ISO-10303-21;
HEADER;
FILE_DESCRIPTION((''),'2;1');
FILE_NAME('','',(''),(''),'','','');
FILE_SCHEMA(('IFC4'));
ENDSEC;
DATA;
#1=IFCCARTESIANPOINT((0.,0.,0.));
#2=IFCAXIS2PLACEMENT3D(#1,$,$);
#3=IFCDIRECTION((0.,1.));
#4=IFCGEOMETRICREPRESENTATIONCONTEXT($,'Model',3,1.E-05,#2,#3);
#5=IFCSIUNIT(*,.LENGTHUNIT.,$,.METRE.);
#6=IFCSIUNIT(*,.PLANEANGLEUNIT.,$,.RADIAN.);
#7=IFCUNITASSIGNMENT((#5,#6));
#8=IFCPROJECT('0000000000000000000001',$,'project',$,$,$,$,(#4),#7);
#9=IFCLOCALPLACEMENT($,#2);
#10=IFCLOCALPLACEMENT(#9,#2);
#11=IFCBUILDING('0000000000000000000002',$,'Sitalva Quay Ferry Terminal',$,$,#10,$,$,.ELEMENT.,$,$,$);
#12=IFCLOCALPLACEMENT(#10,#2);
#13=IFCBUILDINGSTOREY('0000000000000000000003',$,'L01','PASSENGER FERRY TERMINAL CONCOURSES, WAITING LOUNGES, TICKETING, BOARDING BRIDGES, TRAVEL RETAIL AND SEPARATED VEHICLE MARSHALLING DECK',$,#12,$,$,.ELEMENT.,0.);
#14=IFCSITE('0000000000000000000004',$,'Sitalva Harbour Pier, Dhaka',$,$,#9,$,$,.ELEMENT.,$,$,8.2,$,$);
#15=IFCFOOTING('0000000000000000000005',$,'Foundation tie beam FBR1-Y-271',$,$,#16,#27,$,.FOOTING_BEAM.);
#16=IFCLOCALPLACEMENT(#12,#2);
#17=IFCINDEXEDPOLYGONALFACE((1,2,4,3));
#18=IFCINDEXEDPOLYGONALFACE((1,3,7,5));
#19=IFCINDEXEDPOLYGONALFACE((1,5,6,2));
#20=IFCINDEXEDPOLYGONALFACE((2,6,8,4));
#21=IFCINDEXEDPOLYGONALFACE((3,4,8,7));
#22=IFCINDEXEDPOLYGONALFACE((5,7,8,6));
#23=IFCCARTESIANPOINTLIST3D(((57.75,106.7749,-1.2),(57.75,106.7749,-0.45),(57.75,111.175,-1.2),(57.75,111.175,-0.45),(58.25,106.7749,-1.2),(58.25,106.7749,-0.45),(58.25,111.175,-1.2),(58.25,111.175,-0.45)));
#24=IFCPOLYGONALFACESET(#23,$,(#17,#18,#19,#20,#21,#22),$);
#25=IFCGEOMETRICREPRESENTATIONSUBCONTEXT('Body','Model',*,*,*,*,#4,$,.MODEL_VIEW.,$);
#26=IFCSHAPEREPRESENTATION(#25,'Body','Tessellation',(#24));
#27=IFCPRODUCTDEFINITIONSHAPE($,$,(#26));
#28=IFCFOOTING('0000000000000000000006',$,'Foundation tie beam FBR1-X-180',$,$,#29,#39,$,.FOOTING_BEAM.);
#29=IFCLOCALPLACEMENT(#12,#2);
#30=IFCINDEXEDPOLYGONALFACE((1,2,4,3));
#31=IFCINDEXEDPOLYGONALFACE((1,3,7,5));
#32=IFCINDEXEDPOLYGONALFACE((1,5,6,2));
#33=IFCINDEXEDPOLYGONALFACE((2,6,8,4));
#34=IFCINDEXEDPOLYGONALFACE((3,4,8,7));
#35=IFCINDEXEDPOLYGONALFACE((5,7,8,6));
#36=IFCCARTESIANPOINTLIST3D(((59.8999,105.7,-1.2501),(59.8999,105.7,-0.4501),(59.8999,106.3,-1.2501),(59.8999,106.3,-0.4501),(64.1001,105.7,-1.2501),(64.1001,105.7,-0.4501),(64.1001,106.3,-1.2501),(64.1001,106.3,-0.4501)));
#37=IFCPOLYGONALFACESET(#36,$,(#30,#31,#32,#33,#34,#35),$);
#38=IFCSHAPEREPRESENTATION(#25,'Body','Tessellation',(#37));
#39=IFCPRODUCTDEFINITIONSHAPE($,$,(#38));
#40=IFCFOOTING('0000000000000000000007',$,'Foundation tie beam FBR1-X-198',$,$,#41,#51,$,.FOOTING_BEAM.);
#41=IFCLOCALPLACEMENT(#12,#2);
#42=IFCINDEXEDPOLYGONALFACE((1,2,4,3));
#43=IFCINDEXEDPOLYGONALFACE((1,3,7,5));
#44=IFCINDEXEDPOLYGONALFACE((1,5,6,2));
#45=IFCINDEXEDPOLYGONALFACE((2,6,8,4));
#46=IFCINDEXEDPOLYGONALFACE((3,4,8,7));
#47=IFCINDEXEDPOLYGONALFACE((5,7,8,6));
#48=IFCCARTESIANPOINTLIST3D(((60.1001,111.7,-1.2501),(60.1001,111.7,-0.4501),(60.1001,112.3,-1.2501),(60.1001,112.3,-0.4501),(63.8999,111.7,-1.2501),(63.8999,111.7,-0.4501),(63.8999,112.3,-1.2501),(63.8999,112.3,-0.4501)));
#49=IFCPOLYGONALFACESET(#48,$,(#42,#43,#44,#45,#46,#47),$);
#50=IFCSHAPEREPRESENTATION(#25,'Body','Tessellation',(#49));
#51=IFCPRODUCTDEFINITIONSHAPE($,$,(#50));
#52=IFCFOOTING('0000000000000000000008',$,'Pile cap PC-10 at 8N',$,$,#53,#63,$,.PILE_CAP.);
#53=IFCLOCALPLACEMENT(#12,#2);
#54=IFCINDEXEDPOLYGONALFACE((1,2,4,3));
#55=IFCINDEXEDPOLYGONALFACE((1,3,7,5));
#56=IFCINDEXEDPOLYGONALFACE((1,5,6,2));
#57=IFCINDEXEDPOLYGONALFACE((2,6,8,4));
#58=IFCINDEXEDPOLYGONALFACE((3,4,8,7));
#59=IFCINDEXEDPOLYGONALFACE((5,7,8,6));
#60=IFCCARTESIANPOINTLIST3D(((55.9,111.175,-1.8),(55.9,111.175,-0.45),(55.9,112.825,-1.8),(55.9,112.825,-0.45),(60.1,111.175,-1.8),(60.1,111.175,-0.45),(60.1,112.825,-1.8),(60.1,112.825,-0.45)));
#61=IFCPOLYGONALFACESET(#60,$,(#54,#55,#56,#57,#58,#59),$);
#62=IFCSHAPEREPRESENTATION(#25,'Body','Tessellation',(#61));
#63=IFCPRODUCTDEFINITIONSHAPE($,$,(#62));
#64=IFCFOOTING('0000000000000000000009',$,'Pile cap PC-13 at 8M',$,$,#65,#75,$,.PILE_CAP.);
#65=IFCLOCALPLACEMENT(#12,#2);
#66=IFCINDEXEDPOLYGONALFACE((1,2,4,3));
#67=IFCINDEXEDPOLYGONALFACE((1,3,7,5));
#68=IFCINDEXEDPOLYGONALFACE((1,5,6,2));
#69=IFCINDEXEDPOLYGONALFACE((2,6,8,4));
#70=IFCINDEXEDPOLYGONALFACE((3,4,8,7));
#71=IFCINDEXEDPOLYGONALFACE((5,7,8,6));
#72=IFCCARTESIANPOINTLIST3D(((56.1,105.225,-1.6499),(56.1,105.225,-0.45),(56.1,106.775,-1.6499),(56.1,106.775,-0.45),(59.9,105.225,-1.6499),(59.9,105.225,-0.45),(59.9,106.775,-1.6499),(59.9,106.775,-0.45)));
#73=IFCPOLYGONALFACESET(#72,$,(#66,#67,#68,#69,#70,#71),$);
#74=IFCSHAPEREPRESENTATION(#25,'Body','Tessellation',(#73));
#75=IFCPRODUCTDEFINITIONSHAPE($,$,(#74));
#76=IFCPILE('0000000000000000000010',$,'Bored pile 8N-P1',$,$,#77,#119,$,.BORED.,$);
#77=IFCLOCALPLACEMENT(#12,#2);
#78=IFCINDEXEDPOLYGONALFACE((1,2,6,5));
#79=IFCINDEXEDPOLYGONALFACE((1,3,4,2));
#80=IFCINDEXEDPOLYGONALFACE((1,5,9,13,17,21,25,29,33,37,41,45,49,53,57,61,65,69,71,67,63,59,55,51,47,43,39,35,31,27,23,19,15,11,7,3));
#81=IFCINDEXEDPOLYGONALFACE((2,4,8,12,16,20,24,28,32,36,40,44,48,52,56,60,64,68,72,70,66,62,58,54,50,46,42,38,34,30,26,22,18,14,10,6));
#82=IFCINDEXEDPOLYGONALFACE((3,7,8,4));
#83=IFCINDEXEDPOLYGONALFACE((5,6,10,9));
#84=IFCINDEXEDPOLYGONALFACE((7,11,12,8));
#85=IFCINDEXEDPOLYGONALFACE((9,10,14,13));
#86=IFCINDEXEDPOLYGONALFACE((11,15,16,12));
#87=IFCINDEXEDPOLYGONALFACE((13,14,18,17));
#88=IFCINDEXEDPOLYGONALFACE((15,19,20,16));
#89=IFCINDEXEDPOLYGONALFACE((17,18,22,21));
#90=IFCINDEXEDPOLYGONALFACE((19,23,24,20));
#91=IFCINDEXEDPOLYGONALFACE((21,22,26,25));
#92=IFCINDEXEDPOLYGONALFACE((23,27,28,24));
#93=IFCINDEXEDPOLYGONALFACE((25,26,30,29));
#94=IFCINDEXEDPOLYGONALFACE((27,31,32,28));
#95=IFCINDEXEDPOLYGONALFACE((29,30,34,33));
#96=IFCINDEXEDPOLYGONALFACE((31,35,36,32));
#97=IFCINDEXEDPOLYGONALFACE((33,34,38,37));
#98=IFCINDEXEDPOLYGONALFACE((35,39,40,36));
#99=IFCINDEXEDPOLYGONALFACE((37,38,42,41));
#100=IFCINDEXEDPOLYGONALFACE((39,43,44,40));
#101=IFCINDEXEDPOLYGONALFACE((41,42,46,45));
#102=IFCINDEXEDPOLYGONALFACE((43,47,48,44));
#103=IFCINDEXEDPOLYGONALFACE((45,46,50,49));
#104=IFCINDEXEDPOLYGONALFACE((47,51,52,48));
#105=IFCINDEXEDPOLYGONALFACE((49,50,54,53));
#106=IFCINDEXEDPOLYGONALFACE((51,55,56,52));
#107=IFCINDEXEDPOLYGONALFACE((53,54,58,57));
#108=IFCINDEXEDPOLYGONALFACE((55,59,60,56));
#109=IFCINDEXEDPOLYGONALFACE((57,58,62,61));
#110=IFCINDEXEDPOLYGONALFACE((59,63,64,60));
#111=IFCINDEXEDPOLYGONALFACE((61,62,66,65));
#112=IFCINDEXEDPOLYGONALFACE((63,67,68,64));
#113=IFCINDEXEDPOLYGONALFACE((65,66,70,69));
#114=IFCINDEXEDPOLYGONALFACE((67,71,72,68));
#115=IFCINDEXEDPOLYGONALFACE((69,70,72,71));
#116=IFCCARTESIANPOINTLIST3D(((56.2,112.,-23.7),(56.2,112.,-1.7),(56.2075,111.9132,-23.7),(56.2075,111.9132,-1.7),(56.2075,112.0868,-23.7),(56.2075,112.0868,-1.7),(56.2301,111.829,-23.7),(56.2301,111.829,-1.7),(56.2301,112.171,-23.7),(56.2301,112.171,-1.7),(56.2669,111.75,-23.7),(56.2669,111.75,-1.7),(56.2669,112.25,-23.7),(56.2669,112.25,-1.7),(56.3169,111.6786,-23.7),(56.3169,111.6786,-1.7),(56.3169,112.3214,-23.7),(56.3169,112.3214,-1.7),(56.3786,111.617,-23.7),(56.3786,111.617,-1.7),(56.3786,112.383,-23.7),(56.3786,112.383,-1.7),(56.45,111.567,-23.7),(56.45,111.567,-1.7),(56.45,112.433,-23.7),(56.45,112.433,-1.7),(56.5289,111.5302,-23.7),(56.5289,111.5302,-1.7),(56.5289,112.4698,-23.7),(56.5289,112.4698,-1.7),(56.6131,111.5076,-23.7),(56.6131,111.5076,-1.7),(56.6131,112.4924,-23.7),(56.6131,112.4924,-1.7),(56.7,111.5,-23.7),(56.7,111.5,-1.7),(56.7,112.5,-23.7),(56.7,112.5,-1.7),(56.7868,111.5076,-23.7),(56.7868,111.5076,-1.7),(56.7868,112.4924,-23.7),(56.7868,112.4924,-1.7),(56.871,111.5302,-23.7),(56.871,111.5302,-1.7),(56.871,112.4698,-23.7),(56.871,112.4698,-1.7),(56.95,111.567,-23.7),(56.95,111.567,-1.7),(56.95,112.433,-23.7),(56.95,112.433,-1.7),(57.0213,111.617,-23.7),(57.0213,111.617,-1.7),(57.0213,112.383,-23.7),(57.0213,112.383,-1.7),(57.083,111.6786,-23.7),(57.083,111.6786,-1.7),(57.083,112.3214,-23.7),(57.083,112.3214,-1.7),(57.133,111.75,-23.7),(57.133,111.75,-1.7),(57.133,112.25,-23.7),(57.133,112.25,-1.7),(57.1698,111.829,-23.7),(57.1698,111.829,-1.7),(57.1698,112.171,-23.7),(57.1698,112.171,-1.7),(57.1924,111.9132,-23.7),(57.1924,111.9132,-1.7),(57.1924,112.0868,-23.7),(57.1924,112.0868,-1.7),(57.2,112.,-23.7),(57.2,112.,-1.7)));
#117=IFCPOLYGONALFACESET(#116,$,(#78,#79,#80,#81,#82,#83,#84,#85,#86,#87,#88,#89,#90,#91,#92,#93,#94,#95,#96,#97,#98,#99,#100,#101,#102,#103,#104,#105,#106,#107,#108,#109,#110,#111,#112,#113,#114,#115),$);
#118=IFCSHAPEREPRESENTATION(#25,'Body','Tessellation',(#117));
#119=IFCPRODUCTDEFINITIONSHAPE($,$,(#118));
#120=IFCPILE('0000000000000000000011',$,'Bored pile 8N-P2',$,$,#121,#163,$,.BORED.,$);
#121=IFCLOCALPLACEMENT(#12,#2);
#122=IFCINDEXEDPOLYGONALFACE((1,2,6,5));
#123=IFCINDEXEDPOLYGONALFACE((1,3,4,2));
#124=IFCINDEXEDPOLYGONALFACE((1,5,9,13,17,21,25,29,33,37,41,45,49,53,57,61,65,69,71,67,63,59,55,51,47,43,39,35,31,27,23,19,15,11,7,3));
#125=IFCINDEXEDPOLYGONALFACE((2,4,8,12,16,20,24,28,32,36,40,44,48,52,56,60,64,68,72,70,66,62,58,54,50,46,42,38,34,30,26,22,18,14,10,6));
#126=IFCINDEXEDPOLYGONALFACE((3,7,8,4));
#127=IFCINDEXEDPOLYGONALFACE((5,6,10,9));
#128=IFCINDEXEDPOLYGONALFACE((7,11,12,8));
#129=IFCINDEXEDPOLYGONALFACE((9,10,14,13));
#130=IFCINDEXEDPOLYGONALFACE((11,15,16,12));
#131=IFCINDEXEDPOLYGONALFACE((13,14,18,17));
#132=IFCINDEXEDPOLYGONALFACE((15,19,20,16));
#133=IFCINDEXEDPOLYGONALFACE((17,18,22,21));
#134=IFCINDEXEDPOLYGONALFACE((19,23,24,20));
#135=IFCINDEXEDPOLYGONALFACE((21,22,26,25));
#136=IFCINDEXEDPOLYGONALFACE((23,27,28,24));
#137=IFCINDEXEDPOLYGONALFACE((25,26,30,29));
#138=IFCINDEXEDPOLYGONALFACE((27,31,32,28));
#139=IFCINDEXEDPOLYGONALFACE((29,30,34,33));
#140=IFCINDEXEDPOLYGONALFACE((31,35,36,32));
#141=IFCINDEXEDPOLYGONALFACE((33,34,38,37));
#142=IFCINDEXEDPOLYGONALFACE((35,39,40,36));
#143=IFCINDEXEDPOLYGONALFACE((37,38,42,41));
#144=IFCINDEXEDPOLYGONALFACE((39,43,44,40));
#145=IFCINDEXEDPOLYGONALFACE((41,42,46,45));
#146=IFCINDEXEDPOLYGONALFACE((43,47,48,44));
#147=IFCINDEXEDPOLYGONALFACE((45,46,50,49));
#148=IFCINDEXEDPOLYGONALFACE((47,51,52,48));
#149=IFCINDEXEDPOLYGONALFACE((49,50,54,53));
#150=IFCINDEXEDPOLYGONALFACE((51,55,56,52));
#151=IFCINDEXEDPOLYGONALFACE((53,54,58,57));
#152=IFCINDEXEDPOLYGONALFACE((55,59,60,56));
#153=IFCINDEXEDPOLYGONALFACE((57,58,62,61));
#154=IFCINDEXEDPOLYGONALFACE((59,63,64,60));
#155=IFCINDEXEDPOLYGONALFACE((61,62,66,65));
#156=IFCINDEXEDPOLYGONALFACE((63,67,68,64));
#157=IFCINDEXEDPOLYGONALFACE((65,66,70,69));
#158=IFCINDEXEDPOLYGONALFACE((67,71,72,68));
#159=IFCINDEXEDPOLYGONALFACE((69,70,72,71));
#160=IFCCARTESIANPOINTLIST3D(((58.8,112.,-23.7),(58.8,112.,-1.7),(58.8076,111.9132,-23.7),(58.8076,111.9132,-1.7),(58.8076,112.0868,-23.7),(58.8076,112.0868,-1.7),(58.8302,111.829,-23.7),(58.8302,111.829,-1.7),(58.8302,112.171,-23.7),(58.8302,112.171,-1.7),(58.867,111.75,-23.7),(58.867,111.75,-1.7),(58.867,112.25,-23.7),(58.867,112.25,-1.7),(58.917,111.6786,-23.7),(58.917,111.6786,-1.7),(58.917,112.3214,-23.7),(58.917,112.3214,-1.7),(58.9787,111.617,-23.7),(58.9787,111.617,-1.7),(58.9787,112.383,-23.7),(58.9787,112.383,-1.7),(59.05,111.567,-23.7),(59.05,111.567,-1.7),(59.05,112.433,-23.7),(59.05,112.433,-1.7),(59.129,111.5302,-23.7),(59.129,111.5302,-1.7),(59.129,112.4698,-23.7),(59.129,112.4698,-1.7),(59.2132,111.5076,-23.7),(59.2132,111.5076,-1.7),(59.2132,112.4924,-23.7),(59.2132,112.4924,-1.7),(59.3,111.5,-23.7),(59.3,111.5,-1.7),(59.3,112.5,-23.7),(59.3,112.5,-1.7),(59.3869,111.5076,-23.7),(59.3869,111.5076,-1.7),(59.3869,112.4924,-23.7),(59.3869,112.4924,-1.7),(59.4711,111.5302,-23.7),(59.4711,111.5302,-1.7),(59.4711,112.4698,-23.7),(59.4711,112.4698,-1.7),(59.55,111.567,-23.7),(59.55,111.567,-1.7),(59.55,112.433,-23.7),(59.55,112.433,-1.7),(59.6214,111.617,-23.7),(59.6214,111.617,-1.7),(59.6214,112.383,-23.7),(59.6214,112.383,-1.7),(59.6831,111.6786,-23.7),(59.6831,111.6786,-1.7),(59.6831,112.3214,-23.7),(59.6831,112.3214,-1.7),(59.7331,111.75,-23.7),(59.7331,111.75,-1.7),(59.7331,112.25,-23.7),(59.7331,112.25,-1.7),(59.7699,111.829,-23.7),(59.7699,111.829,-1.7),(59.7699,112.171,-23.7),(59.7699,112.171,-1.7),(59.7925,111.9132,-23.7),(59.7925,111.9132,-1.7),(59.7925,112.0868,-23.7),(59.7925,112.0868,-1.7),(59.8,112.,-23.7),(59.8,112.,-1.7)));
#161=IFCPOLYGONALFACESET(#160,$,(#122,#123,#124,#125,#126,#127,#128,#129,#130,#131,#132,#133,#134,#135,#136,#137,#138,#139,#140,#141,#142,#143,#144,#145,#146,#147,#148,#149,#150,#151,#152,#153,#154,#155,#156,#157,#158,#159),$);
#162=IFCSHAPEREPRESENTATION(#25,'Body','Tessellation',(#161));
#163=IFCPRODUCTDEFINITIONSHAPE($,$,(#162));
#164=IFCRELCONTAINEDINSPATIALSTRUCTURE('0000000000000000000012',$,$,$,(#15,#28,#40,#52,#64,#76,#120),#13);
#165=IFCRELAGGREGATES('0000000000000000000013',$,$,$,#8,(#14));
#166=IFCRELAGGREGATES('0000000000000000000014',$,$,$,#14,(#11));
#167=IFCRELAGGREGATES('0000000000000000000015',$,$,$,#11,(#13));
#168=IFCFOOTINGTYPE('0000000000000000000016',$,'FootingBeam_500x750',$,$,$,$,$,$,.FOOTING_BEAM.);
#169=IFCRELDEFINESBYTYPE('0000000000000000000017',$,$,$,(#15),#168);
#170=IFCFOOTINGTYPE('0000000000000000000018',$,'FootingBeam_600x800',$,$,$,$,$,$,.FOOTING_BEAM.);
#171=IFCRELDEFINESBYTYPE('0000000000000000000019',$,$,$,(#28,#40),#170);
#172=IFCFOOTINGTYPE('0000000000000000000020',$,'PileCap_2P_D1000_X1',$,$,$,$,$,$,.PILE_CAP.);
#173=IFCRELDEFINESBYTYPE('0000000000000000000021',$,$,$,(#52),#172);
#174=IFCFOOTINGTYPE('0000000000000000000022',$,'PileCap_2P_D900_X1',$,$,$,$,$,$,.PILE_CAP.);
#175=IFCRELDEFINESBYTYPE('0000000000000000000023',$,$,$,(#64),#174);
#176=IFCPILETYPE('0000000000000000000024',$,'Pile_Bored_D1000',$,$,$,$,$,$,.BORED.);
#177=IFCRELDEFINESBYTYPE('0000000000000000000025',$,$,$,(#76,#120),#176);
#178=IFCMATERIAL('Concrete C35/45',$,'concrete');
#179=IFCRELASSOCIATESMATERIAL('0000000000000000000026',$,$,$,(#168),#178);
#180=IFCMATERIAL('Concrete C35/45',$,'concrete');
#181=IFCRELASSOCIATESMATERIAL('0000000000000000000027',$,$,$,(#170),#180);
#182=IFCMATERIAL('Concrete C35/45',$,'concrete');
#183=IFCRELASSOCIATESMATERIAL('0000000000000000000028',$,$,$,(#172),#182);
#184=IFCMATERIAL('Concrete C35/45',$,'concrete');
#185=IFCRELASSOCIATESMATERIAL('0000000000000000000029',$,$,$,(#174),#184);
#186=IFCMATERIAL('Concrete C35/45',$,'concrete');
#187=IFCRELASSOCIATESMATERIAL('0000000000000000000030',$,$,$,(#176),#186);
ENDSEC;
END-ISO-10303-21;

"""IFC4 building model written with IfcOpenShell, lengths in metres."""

from ifc_helpers import new_model, si_unit, direction, frame, origin, origin_2d, place, context, subcontext, project, spatial, rectangle, circle, extrude, material, material_profile, profile_set, type_object, element, save


model = new_model("IFC4")

# Units and contexts
model_context = context("Model", 3, precision=1e-05, world=origin(), true_north=direction((0.0, 1.0)))
body_context = subcontext(model_context, "Body", "Model", "MODEL_VIEW")
ifc_project = project(units=[si_unit("LENGTHUNIT", "METRE"), si_unit("PLANEANGLEUNIT", "RADIAN")], contexts=[model_context])

# Site, building, storey
site_placement = place(None, origin())
site = spatial("IfcSite", under=ifc_project, at=site_placement, Name="Sitalva Harbour Pier, Dhaka", CompositionType="ELEMENT", RefElevation=8.2)
building_placement = place(site_placement, origin())
building = spatial("IfcBuilding", under=site, at=building_placement, Name="Sitalva Quay Ferry Terminal", CompositionType="ELEMENT")
storey_placement = place(building_placement, origin())
storey = spatial("IfcBuildingStorey", under=building, at=storey_placement, Name="L01", Description="PASSENGER FERRY TERMINAL CONCOURSES, WAITING LOUNGES, TICKETING, BOARDING BRIDGES, TRAVEL RETAIL AND SEPARATED VEHICLE MARSHALLING DECK", CompositionType="ELEMENT", Elevation=0.0)

# Footings
ifc_material_1 = material(Name="Concrete C35/45", Category="concrete")
ifc_material_profile_1 = material_profile(ifc_material_1, rectangle(XDim=0.5, YDim=0.75, at=origin_2d()), Name="RC500x750")
ifc_profile_set_1 = profile_set([ifc_material_profile_1], Name="Concrete C35/45")
footing_type_1 = type_object("IfcFootingType", Name="FootingBeam_500x750", PredefinedType="FOOTING_BEAM", material=ifc_profile_set_1)
footing_1_placement = place(storey_placement, frame((58.0, 106.7749, -0.825), z_axis=(0.0, 1.0, 0.0), x_axis=(-1.0, 0.0, 0.0)))
element("IfcFooting", 1, at=footing_1_placement, inside=storey, type_object=footing_type_1, Name="Foundation tie beam FBR1-Y-271", PredefinedType="FOOTING_BEAM", context=body_context, shape_type="SweptSolid", body=[
    extrude(rectangle(XDim=0.5, YDim=0.75, at=origin_2d()), origin(), (0.0, 0.0, 1.0), 4.4001),
])
ifc_material_2 = material(Name="Concrete C35/45", Category="concrete")
ifc_material_profile_2 = material_profile(ifc_material_2, rectangle(XDim=0.6001, YDim=0.8, at=origin_2d()), Name="RC600x800")
ifc_profile_set_2 = profile_set([ifc_material_profile_2], Name="Concrete C35/45")
footing_type_2 = type_object("IfcFootingType", Name="FootingBeam_600x800", PredefinedType="FOOTING_BEAM", material=ifc_profile_set_2)
footing_2_placement = place(storey_placement, frame((59.8999, 106.0, -0.8501), z_axis=(1.0, 0.0, 0.0), x_axis=(0.0, 1.0, 0.0)))
element("IfcFooting", 2, at=footing_2_placement, inside=storey, type_object=footing_type_2, Name="Foundation tie beam FBR1-X-180", PredefinedType="FOOTING_BEAM", context=body_context, shape_type="SweptSolid", body=[
    extrude(rectangle(XDim=0.6001, YDim=0.8, at=origin_2d()), origin(), (0.0, 0.0, 1.0), 4.2002),
])
footing_3_placement = place(storey_placement, frame((60.1001, 112.0, -0.8501), z_axis=(1.0, 0.0, 0.0), x_axis=(0.0, 1.0, 0.0)))
element("IfcFooting", 3, at=footing_3_placement, inside=storey, type_object=footing_type_2, Name="Foundation tie beam FBR1-X-198", PredefinedType="FOOTING_BEAM", context=body_context, shape_type="SweptSolid", body=[
    extrude(rectangle(XDim=0.6001, YDim=0.8, at=origin_2d()), origin(), (0.0, 0.0, 1.0), 3.7998),
])
ifc_material_3 = material(Name="Concrete C35/45", Category="concrete")
footing_type_3 = type_object("IfcFootingType", Name="PileCap_2P_D1000_X1", PredefinedType="PILE_CAP", material=ifc_material_3)
footing_4_placement = place(storey_placement, frame((58.0, 112.0, -1.8), z_axis=(0.0, 0.0, 1.0), x_axis=(1.0, 0.0, 0.0)))
element("IfcFooting", 4, at=footing_4_placement, inside=storey, type_object=footing_type_3, Name="Pile cap PC-10 at 8N", PredefinedType="PILE_CAP", context=body_context, shape_type="SweptSolid", body=[
    extrude(rectangle(XDim=4.2, YDim=1.6499, at=origin_2d()), origin(), (0.0, 0.0, 1.0), 1.3501),
])
ifc_material_4 = material(Name="Concrete C35/45", Category="concrete")
footing_type_4 = type_object("IfcFootingType", Name="PileCap_2P_D900_X1", PredefinedType="PILE_CAP", material=ifc_material_4)
footing_5_placement = place(storey_placement, frame((58.0, 106.0, -1.6499), z_axis=(0.0, 0.0, 1.0), x_axis=(1.0, 0.0, 0.0)))
element("IfcFooting", 5, at=footing_5_placement, inside=storey, type_object=footing_type_4, Name="Pile cap PC-13 at 8M", PredefinedType="PILE_CAP", context=body_context, shape_type="SweptSolid", body=[
    extrude(rectangle(XDim=3.8, YDim=1.55, at=origin_2d()), origin(), (0.0, 0.0, 1.0), 1.2),
])

# Piles
ifc_material_5 = material(Name="Concrete C35/45", Category="concrete")
ifc_material_profile_3 = material_profile(ifc_material_5, circle(Radius=0.5, at=origin_2d()), Name="PILE-D1000")
ifc_profile_set_3 = profile_set([ifc_material_profile_3], Name="Concrete C35/45")
pile_type_1 = type_object("IfcPileType", Name="Pile_Bored_D1000", PredefinedType="BORED", material=ifc_profile_set_3)
for number, where, z_axis, x_axis, name in (
    (6, (56.7, 112.0, -1.7), (0.0, 0.0, -1.0), (1.0, 0.0, 0.0), "Bored pile 8N-P1"),
    (7, (59.3, 112.0, -1.7), (0.0, 0.0, -1.0), (1.0, 0.0, 0.0), "Bored pile 8N-P2"),
):
    element("IfcPile", number, at=place(storey_placement, frame(where, z_axis=z_axis, x_axis=x_axis)), inside=storey, type_object=pile_type_1, Name=name, PredefinedType="BORED", context=body_context, shape_type="SweptSolid", body=[
        extrude(circle(Radius=0.5, at=origin_2d()), origin(), (0.0, 0.0, 1.0), 22.0),
    ])

save(model, "model.ifc")
